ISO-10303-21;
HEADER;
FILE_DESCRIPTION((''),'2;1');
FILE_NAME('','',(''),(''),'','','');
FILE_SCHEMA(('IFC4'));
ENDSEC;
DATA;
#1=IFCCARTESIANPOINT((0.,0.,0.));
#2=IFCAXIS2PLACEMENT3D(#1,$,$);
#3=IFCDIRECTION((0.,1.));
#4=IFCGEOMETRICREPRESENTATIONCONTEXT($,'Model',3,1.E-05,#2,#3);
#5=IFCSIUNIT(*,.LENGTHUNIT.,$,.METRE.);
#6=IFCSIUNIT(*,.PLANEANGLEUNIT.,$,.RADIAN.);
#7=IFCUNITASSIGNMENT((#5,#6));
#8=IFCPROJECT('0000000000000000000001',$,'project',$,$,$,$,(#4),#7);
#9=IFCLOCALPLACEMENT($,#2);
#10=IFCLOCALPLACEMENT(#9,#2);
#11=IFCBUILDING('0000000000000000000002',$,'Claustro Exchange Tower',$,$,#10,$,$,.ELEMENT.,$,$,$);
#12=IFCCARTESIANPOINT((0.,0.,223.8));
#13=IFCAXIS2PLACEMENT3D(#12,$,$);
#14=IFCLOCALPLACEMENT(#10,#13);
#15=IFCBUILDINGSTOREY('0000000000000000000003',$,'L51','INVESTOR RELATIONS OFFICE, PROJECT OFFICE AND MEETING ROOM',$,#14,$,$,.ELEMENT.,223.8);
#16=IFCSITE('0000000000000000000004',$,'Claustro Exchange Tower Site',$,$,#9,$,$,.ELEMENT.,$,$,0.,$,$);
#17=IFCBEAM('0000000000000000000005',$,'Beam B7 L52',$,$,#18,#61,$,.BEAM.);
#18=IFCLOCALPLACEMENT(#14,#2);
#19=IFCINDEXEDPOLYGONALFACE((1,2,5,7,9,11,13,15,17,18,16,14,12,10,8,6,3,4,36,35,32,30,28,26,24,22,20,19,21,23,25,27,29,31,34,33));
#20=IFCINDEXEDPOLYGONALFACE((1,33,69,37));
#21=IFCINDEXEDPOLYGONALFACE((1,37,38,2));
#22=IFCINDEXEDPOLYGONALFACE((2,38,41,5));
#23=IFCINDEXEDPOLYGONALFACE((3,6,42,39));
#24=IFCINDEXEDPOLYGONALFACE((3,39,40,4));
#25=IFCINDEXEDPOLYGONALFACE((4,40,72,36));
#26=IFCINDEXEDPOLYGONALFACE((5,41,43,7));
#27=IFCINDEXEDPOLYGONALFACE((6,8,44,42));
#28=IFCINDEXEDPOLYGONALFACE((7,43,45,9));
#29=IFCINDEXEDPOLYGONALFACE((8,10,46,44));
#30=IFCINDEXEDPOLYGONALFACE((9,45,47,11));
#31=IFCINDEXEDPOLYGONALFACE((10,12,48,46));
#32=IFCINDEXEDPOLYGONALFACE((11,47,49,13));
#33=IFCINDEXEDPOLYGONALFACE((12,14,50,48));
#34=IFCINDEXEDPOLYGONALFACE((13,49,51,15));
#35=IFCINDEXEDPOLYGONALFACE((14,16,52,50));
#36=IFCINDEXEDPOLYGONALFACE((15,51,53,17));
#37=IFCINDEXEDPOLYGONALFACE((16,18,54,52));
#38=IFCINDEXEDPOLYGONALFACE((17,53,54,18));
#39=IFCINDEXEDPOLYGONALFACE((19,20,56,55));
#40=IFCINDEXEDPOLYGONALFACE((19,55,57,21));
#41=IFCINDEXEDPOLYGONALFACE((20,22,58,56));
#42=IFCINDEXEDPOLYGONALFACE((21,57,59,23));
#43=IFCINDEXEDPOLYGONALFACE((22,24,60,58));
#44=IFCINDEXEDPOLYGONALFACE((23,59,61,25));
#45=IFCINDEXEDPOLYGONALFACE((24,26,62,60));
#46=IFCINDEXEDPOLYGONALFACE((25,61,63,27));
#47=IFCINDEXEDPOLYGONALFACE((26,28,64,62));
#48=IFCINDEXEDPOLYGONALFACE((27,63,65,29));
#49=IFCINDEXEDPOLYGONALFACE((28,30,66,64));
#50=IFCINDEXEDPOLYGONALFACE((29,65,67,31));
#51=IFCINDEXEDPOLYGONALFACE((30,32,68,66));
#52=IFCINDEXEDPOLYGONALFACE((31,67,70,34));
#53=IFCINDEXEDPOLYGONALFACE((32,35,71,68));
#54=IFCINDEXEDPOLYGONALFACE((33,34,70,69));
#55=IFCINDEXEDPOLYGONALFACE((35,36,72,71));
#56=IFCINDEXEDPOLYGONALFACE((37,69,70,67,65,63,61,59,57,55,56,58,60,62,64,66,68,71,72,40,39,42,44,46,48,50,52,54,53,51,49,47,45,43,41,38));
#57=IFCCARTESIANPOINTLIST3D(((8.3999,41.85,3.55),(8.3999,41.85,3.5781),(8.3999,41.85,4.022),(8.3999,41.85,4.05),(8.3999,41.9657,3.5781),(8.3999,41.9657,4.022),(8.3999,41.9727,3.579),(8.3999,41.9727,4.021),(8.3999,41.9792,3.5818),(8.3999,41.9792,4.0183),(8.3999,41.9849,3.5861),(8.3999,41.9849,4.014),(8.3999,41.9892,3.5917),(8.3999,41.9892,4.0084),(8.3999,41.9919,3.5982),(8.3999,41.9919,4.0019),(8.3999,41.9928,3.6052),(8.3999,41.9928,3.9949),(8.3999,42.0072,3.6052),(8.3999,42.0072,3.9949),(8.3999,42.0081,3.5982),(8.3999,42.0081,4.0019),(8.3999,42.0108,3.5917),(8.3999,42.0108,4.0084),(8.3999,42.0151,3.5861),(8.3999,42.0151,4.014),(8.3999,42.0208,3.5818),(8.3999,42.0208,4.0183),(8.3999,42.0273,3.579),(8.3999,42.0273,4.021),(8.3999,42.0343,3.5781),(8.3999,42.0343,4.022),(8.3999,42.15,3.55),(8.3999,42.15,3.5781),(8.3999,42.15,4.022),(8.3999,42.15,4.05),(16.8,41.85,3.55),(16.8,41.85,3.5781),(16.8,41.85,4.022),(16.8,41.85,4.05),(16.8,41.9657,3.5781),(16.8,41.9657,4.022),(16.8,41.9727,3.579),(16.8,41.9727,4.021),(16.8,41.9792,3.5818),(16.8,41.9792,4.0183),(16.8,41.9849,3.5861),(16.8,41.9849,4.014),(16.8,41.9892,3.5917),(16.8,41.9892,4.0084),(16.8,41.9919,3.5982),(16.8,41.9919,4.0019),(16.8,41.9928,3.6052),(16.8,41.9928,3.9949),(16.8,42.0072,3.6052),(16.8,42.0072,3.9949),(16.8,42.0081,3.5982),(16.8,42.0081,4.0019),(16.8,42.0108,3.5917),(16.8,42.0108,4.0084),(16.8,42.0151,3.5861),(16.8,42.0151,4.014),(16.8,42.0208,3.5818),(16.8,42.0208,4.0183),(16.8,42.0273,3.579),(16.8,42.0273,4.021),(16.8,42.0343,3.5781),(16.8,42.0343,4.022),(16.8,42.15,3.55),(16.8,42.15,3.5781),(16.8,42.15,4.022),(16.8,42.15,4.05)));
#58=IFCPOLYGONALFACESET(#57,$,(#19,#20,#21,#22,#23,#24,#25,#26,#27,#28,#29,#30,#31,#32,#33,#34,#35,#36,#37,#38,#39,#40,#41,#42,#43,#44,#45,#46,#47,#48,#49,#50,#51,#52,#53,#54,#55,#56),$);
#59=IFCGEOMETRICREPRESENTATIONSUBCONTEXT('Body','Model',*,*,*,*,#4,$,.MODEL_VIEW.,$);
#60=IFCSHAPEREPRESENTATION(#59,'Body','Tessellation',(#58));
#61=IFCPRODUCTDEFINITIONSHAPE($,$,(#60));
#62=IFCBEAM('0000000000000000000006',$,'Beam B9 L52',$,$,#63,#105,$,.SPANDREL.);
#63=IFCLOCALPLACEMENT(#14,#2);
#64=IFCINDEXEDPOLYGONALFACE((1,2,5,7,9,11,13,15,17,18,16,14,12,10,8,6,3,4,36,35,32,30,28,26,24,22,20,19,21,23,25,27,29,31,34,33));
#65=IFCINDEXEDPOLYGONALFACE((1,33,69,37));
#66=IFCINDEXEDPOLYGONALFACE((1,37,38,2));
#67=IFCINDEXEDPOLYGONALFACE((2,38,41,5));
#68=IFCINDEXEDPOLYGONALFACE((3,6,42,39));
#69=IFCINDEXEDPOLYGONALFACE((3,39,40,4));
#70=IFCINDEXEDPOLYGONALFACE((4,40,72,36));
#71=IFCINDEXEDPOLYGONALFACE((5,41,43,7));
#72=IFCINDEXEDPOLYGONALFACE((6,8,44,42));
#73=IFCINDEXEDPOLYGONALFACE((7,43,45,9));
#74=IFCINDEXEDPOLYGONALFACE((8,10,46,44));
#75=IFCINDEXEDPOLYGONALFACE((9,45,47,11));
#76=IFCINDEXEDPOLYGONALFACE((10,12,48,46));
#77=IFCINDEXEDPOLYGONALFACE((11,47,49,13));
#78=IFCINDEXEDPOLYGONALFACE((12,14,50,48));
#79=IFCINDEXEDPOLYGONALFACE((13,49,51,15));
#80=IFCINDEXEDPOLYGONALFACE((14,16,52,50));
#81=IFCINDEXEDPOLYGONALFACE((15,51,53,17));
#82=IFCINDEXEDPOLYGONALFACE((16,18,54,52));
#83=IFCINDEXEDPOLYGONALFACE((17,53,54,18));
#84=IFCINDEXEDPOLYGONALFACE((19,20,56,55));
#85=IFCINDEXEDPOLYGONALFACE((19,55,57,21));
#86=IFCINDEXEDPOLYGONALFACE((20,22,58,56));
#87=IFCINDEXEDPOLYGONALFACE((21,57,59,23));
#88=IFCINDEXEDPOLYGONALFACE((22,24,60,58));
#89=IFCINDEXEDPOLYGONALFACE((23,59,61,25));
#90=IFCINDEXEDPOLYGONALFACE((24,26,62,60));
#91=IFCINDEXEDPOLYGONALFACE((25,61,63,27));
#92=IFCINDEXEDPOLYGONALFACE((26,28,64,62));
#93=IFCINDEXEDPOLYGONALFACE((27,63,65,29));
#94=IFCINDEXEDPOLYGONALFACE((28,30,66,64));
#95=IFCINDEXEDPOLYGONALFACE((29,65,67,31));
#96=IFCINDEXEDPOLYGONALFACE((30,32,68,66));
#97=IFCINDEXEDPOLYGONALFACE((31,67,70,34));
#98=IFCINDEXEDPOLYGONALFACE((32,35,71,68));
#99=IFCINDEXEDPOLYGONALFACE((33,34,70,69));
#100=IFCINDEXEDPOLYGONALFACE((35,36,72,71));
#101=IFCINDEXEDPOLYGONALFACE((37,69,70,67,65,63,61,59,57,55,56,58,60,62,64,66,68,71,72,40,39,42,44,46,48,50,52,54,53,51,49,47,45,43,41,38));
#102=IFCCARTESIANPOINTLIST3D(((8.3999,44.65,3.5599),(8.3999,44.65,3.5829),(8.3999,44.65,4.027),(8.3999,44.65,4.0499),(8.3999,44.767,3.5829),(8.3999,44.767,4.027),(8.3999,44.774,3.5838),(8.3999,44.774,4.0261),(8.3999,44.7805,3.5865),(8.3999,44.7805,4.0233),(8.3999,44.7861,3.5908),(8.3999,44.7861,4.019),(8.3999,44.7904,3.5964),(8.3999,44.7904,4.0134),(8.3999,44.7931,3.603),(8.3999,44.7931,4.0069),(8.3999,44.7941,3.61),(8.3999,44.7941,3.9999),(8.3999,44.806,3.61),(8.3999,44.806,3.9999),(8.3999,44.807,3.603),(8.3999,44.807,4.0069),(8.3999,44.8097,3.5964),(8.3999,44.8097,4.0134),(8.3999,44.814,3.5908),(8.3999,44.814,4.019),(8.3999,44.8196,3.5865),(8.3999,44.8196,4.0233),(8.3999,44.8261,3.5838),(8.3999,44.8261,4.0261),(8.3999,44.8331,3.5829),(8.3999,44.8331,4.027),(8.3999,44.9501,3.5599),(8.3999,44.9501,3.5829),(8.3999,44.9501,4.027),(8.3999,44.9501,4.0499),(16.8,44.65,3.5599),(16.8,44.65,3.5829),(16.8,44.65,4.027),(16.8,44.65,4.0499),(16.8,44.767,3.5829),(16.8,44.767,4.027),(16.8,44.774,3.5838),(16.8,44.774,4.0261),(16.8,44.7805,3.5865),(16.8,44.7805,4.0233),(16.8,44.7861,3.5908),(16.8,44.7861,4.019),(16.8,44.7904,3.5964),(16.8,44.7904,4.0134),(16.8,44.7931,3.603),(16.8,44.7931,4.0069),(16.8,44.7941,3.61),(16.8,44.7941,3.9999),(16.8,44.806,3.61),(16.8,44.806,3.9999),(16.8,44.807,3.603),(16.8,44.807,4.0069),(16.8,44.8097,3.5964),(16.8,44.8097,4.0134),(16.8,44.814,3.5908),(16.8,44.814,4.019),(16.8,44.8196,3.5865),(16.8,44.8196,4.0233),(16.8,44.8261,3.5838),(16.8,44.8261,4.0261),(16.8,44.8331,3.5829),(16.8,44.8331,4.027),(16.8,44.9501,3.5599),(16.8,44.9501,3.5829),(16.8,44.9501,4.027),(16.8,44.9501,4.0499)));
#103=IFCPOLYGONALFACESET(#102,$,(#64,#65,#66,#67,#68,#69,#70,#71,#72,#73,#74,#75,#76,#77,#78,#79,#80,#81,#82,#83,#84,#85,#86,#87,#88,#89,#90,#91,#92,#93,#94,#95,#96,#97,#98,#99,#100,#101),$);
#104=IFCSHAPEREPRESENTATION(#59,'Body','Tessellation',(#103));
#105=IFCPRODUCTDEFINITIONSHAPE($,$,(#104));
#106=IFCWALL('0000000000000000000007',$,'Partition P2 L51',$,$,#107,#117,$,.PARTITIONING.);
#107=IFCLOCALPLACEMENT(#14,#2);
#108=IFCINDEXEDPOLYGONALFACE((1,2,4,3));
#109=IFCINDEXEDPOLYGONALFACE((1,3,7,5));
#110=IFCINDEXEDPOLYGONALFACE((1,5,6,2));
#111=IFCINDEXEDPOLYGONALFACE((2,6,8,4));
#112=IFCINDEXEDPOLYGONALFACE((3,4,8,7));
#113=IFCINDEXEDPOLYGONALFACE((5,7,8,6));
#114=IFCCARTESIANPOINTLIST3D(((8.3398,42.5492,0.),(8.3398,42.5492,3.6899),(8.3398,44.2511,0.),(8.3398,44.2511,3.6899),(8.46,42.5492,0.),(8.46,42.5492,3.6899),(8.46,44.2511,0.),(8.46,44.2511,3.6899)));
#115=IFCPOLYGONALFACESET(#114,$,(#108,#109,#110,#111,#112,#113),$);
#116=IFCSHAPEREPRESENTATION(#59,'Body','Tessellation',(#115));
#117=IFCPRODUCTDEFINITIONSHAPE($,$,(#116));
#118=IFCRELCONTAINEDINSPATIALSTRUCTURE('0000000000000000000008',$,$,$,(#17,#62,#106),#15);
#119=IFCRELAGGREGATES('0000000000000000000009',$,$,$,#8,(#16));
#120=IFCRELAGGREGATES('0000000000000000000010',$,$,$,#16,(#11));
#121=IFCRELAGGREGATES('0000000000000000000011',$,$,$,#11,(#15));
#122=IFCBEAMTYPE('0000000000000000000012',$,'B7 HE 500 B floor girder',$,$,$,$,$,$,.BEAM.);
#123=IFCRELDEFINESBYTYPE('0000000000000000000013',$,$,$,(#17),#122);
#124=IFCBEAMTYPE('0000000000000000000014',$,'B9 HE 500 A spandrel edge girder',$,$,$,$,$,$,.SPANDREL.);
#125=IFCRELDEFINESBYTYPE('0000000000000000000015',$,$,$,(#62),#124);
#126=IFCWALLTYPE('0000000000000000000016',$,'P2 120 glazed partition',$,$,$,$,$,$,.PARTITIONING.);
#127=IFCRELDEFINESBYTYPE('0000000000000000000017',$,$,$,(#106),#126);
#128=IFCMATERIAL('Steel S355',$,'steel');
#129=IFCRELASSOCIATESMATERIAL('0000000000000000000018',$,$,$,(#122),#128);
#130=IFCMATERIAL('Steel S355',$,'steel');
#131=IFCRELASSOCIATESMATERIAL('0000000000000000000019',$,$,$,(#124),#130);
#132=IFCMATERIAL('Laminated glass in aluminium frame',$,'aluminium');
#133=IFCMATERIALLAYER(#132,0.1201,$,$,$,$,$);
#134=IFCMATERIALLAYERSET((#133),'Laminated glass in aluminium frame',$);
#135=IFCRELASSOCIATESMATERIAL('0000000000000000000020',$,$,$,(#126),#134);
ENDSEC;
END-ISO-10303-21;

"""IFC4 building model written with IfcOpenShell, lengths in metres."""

from ifc_helpers import new_model, si_unit, direction, frame, frame_2d, origin, origin_2d, place, context, subcontext, project, spatial, rectangle, i_section, extrude, material, layer, layer_set, material_profile, profile_set, type_object, element, save


model = new_model("IFC4")

# Units and contexts
model_context = context("Model", 3, precision=1e-05, world=origin(), true_north=direction((0.0, 1.0)))
body_context = subcontext(model_context, "Body", "Model", "MODEL_VIEW")
ifc_project = project(units=[si_unit("LENGTHUNIT", "METRE"), si_unit("PLANEANGLEUNIT", "RADIAN")], contexts=[model_context])

# Site, building, storey
site_placement = place(None, origin())
site = spatial("IfcSite", under=ifc_project, at=site_placement, Name="Claustro Exchange Tower Site", CompositionType="ELEMENT", RefElevation=0.0)
building_placement = place(site_placement, origin())
building = spatial("IfcBuilding", under=site, at=building_placement, Name="Claustro Exchange Tower", CompositionType="ELEMENT")
storey_placement = place(building_placement, frame((0.0, 0.0, 223.8)))
storey = spatial("IfcBuildingStorey", under=building, at=storey_placement, Name="L51", Description="INVESTOR RELATIONS OFFICE, PROJECT OFFICE AND MEETING ROOM", CompositionType="ELEMENT", Elevation=223.8)

# Beams
ifc_material_1 = material(Name="Steel S355", Category="steel")
ifc_material_profile_1 = material_profile(ifc_material_1, i_section(OverallWidth=0.3, OverallDepth=0.5, WebThickness=0.0144, FlangeThickness=0.0281, FilletRadius=0.0271, at=origin_2d()), Name="HE 500 B")
ifc_profile_set_1 = profile_set([ifc_material_profile_1], Name="Steel S355")
beam_type_1 = type_object("IfcBeamType", Name="B7 HE 500 B floor girder", PredefinedType="BEAM", material=ifc_profile_set_1)
beam_1_placement = place(storey_placement, frame((8.3999, 42.0, 3.8), z_axis=(1.0, 0.0, 0.0), x_axis=(0.0, 1.0, 0.0)))
element("IfcBeam", 1, at=beam_1_placement, inside=storey, type_object=beam_type_1, Name="Beam B7 L52", PredefinedType="BEAM", context=body_context, shape_type="SweptSolid", body=[
    extrude(i_section(OverallWidth=0.3, OverallDepth=0.5, WebThickness=0.0144, FlangeThickness=0.0281, FilletRadius=0.0271, at=origin_2d()), origin(), (0.0, 0.0, 1.0), 8.4001),
])
ifc_material_2 = material(Name="Steel S355", Category="steel")
ifc_material_profile_2 = material_profile(ifc_material_2, i_section(OverallWidth=0.3, OverallDepth=0.49, WebThickness=0.012, FlangeThickness=0.0229, FilletRadius=0.0271, at=origin_2d()), Name="HE 500 A")
ifc_profile_set_2 = profile_set([ifc_material_profile_2], Name="Steel S355")
beam_type_2 = type_object("IfcBeamType", Name="B9 HE 500 A spandrel edge girder", PredefinedType="SPANDREL", material=ifc_profile_set_2)
beam_2_placement = place(storey_placement, frame((8.3999, 44.8, 3.8049), z_axis=(1.0, 0.0, 0.0), x_axis=(0.0, 1.0, 0.0)))
element("IfcBeam", 2, at=beam_2_placement, inside=storey, type_object=beam_type_2, Name="Beam B9 L52", PredefinedType="SPANDREL", context=body_context, shape_type="SweptSolid", body=[
    extrude(i_section(OverallWidth=0.3, OverallDepth=0.49, WebThickness=0.012, FlangeThickness=0.0229, FilletRadius=0.0271, at=origin_2d()), origin(), (0.0, 0.0, 1.0), 8.4001),
])

# Wall
ifc_material_3 = material(Name="Laminated glass in aluminium frame", Category="aluminium")
ifc_layer = layer(ifc_material_3, 0.1201)
ifc_layer_set = layer_set([ifc_layer], Name="Laminated glass in aluminium frame")
wall_type = type_object("IfcWallType", Name="P2 120 glazed partition", PredefinedType="PARTITIONING", material=ifc_layer_set)
wall_1_placement = place(storey_placement, frame((8.3999, 42.5491, 0.0), z_axis=(0.0, 0.0, 1.0), x_axis=(0.0, 1.0, 0.0)))
element("IfcWall", 3, at=wall_1_placement, inside=storey, type_object=wall_type, Name="Partition P2 L51", PredefinedType="PARTITIONING", context=body_context, shape_type="SweptSolid", body=[
    extrude(rectangle(XDim=1.7019, YDim=0.1201, at=frame_2d((0.8511, 0.0))), origin(), (0.0, 0.0, 1.0), 3.6899),
])

save(model, "model.ifc")
